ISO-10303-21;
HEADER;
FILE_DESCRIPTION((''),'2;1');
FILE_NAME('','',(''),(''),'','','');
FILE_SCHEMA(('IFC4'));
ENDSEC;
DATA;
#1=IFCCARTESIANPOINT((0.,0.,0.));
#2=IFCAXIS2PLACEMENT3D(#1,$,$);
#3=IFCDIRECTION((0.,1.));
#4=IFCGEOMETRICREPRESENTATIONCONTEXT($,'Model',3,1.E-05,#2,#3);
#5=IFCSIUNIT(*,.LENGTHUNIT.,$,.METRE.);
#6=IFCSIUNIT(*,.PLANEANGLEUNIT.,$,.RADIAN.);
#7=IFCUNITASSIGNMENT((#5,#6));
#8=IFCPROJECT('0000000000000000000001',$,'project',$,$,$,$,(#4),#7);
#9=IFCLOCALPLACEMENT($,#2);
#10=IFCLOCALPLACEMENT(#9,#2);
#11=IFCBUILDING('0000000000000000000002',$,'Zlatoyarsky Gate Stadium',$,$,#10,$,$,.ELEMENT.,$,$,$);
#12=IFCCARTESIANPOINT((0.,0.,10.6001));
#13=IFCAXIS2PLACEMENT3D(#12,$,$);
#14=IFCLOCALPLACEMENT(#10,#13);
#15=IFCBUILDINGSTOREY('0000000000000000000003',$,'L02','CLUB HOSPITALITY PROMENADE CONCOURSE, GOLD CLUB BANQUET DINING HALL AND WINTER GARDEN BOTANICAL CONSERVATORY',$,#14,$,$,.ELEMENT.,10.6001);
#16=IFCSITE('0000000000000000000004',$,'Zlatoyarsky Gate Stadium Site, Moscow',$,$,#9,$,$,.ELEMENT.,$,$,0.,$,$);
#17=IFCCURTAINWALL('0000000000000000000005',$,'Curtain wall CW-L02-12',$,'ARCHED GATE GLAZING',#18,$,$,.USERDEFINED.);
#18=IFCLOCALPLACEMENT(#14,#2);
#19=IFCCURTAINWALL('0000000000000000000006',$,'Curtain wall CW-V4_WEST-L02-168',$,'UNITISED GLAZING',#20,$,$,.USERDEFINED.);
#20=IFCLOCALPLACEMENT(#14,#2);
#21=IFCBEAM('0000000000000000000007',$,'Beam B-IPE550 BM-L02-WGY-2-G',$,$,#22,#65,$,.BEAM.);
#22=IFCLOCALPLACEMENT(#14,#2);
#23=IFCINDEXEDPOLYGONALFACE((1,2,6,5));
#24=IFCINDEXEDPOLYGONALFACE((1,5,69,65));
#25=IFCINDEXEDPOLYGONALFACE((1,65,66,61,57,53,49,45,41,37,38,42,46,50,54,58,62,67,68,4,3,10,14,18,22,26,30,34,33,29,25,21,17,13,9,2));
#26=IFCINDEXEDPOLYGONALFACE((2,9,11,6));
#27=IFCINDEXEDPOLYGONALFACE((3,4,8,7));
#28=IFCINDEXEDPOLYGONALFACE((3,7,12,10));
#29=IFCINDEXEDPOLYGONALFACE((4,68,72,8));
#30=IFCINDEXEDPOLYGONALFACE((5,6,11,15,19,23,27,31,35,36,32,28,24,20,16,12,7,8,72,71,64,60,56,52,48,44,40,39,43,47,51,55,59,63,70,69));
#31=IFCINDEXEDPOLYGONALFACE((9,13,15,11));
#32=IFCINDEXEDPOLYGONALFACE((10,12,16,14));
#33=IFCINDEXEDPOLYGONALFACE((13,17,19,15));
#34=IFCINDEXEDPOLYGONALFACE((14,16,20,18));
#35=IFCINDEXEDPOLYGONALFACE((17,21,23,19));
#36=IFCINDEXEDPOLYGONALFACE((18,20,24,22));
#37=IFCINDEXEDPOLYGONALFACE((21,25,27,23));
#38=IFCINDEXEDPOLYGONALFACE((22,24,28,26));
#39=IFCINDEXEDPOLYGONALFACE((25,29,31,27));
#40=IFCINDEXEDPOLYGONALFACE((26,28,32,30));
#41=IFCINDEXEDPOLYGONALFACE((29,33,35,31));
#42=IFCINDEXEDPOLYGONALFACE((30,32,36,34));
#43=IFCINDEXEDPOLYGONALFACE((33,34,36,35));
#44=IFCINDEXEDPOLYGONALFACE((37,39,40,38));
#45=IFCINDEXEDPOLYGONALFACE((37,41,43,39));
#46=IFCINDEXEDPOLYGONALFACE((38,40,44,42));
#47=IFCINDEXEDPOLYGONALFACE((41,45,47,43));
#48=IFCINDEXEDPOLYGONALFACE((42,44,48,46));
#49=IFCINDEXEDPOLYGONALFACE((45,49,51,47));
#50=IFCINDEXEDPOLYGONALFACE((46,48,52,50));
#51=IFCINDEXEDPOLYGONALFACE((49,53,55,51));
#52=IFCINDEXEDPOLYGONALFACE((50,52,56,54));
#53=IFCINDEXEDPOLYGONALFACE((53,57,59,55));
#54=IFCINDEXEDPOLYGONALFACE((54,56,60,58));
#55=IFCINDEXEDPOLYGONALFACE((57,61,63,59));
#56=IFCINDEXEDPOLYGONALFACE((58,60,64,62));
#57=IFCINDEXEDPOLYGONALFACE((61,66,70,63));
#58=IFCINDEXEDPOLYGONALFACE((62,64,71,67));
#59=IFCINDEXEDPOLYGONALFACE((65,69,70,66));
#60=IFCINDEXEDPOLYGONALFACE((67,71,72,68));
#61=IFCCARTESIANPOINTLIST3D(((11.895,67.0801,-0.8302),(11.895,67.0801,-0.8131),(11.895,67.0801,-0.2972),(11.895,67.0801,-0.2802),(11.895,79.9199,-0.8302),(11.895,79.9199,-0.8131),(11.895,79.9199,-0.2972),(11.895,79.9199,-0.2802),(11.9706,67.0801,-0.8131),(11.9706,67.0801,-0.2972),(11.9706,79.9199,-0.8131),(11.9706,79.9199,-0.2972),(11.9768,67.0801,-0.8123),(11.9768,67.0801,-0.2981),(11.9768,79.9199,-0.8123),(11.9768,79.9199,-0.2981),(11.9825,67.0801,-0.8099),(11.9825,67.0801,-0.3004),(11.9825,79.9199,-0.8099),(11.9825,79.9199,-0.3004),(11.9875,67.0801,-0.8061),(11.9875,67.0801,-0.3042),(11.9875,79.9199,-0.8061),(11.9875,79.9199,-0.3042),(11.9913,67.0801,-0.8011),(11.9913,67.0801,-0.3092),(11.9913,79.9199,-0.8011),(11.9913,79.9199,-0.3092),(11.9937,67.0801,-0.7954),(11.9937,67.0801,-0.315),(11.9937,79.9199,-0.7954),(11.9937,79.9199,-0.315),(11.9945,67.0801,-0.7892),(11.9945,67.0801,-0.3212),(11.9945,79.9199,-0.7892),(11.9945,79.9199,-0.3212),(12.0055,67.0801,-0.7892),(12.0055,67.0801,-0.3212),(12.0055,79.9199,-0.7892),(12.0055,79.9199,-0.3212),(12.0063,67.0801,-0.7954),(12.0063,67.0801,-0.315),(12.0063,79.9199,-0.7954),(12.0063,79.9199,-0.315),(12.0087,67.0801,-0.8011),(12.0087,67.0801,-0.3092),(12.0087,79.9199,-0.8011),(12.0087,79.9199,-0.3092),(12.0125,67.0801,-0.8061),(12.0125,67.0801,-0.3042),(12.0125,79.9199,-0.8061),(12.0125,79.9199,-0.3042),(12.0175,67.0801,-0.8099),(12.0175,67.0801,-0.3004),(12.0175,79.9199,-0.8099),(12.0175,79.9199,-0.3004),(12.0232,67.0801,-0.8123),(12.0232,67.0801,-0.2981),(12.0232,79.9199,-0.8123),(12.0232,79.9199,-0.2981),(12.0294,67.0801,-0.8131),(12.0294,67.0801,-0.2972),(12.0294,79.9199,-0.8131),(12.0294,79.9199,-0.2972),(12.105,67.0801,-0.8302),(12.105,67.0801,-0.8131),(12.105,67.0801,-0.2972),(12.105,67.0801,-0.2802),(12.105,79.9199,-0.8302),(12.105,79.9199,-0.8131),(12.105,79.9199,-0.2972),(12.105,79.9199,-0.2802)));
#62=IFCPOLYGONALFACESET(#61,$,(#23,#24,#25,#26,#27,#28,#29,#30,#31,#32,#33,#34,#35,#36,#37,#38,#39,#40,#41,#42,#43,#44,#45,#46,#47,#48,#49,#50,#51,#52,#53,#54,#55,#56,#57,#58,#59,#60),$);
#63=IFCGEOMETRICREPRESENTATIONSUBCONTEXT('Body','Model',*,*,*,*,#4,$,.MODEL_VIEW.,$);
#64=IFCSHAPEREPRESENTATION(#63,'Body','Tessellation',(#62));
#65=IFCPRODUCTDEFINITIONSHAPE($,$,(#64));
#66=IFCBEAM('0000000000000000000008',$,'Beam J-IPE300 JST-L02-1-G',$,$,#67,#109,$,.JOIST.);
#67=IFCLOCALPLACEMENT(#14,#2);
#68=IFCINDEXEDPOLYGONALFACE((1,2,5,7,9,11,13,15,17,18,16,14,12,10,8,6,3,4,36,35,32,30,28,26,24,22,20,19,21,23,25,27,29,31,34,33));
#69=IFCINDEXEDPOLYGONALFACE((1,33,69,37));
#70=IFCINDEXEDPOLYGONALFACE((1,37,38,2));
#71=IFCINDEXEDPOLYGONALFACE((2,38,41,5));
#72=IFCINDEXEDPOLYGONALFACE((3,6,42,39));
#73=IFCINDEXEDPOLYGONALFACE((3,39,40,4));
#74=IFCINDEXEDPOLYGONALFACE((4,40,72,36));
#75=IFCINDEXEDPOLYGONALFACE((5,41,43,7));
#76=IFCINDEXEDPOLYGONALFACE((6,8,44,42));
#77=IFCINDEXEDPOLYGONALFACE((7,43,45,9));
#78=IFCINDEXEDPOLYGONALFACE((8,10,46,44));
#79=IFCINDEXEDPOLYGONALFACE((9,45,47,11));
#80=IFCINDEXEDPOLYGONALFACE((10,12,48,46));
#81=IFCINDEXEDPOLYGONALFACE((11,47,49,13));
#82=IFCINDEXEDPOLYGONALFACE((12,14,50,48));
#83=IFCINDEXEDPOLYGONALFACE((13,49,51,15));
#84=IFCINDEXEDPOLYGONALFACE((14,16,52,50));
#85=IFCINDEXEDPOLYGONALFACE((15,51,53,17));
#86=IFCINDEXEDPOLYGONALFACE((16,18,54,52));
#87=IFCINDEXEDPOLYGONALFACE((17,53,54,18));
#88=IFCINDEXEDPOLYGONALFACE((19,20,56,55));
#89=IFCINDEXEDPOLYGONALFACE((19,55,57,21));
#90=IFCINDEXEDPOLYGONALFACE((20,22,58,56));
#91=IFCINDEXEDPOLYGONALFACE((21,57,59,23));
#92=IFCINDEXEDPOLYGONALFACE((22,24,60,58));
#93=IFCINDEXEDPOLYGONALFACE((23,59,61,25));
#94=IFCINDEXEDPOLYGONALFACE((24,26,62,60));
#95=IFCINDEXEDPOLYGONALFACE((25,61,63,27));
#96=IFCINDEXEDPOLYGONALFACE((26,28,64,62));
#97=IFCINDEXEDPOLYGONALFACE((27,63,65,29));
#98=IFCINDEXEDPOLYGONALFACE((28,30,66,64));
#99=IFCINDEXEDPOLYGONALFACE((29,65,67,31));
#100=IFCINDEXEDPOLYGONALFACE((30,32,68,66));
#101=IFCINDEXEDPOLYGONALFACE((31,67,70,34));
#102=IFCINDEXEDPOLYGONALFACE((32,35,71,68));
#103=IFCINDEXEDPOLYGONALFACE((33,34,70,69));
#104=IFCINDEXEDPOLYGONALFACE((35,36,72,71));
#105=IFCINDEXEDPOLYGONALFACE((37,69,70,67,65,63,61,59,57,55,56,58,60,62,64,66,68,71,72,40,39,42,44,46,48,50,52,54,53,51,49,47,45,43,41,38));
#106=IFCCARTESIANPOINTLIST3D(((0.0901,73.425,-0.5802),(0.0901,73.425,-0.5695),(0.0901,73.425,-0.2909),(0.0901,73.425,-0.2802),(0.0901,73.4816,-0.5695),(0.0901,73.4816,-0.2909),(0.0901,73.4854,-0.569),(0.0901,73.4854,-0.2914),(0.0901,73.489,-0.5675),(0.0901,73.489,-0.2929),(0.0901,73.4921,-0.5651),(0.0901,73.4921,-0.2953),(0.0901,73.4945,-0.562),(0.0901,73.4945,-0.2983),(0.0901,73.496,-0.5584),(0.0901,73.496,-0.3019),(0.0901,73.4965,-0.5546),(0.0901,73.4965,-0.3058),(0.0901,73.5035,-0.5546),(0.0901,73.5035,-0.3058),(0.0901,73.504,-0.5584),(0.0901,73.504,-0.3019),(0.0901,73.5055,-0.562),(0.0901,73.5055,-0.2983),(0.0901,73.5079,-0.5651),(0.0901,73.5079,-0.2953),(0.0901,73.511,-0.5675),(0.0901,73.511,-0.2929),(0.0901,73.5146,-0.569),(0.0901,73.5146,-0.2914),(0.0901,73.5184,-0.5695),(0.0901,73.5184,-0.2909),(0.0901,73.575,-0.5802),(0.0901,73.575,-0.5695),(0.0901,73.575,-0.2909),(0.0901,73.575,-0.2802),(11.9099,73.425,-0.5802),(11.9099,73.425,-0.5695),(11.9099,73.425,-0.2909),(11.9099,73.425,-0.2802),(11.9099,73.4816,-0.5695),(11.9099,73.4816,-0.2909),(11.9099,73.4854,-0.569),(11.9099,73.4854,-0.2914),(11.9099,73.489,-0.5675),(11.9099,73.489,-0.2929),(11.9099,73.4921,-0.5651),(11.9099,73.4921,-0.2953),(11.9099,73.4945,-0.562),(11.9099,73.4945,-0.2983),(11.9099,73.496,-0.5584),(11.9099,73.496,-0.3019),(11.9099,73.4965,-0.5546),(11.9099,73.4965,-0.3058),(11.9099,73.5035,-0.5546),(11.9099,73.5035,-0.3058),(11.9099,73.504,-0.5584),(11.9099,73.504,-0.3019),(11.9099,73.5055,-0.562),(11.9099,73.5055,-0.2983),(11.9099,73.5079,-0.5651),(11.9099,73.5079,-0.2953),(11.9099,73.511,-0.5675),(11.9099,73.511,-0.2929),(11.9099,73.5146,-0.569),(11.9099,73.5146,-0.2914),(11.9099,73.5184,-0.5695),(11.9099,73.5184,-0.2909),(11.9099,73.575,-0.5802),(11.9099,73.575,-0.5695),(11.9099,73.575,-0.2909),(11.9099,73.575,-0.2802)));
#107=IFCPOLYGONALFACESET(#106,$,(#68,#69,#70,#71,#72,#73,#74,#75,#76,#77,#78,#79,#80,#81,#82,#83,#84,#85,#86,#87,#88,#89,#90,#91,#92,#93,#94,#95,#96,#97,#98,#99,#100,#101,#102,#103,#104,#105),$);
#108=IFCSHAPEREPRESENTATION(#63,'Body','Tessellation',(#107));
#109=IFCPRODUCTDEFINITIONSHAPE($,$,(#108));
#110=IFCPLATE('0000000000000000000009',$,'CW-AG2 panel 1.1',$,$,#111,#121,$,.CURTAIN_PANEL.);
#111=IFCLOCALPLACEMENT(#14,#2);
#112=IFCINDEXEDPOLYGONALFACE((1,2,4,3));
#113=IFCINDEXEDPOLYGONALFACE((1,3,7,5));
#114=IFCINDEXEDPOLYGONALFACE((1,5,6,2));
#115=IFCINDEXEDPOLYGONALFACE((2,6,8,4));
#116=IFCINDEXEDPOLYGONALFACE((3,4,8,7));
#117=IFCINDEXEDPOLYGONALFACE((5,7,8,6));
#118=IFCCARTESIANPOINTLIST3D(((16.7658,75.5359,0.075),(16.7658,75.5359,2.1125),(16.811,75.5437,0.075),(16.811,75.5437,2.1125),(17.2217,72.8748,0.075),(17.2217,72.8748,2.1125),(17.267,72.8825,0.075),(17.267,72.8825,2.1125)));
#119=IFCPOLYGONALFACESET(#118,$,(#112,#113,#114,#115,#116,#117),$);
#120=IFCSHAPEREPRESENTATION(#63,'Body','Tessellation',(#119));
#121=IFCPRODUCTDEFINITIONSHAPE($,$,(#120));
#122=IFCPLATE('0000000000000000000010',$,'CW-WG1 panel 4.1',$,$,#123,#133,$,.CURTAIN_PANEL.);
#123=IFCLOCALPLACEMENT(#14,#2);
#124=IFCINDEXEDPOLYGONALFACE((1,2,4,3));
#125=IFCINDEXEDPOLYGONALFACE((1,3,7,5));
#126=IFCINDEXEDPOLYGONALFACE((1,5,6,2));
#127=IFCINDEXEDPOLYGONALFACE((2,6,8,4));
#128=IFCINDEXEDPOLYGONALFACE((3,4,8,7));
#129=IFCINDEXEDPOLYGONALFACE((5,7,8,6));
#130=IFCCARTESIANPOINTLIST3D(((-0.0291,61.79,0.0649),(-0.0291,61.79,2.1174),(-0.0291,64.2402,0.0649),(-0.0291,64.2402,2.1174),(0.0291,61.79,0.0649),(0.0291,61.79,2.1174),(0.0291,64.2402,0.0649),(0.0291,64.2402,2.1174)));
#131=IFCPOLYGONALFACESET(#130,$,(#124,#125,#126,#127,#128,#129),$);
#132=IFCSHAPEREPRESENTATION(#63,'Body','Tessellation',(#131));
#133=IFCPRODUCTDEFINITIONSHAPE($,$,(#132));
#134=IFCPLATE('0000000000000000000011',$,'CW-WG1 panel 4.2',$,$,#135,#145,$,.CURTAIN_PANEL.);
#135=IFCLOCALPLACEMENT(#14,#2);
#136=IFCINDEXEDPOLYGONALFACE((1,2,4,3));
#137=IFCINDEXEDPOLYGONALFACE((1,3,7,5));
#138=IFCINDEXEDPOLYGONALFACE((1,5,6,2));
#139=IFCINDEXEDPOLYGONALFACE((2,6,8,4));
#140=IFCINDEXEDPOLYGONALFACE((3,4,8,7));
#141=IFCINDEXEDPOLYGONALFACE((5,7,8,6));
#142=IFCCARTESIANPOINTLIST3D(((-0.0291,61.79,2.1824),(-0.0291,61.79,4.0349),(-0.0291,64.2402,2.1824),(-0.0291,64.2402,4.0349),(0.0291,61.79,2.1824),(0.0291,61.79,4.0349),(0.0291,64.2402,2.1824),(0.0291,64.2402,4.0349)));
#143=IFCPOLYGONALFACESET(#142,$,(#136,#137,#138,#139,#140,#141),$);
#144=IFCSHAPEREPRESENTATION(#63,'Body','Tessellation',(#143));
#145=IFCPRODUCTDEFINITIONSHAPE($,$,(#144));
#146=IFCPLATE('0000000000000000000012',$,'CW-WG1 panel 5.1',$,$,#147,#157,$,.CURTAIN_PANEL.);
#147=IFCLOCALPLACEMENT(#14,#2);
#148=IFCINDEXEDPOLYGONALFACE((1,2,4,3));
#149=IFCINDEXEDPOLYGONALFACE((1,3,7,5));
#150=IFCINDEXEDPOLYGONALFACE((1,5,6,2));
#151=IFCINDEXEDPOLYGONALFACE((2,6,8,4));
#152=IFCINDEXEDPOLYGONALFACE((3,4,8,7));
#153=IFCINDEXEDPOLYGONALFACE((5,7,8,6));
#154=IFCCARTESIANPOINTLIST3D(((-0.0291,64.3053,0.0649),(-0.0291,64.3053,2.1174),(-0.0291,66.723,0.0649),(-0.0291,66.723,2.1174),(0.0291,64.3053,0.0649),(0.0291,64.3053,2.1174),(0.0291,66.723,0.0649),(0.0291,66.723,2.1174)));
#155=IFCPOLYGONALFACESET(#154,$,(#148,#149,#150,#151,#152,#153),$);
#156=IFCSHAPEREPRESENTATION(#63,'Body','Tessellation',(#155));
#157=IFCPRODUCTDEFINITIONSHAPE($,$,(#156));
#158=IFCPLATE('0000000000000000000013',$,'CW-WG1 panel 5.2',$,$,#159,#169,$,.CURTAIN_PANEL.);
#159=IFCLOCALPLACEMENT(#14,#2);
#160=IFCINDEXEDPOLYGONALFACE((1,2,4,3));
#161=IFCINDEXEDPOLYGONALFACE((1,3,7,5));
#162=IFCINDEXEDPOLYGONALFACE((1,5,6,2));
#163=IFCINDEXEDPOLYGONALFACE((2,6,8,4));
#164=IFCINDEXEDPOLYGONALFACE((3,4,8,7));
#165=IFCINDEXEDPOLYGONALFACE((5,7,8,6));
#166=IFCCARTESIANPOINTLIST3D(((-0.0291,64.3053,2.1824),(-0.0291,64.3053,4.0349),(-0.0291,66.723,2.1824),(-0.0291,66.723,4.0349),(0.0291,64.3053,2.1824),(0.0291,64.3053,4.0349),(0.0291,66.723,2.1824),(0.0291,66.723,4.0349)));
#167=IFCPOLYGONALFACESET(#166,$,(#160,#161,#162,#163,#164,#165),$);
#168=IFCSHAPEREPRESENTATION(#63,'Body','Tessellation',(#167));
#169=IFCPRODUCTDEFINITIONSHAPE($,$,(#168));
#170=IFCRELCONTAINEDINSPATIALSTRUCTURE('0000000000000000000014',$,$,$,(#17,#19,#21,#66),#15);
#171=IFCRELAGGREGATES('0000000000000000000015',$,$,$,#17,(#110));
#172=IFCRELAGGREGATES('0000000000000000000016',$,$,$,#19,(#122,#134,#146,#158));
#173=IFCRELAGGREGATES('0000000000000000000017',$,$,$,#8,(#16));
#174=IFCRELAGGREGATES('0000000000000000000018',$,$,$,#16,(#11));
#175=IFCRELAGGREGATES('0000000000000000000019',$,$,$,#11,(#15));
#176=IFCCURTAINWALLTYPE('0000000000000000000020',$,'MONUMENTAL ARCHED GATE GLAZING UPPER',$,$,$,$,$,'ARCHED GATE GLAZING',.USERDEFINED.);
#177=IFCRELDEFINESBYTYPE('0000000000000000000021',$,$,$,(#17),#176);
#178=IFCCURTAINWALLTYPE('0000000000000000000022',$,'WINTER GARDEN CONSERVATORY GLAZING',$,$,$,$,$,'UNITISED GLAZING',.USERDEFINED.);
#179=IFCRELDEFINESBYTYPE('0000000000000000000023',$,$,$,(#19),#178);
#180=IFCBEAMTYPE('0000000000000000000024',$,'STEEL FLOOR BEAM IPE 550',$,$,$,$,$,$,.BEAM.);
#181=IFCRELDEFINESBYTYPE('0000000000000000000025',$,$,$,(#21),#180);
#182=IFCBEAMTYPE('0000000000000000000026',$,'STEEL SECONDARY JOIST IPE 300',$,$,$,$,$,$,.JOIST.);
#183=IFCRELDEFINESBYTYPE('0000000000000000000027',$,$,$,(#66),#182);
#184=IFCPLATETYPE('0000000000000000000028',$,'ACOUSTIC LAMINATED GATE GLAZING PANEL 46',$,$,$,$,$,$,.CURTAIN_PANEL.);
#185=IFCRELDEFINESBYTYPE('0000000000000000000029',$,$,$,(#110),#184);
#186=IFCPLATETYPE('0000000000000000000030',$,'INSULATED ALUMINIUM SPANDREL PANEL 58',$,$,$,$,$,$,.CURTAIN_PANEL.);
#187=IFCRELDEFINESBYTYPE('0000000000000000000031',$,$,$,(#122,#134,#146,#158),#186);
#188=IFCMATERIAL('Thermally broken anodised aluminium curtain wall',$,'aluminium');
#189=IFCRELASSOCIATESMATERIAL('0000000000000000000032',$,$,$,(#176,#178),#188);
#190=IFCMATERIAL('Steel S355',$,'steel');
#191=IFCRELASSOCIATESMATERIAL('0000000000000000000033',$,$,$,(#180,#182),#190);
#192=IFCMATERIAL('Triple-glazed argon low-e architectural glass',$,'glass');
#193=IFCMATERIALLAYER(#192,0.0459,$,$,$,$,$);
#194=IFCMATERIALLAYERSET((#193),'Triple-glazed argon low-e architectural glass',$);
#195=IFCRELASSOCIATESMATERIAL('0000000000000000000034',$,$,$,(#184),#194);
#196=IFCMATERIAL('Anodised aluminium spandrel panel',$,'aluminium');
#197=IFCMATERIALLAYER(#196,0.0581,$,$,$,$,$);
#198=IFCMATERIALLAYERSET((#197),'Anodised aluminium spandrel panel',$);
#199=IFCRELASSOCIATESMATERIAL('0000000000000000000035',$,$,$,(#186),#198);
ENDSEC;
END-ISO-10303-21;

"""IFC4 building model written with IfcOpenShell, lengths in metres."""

from ifc_helpers import new_model, si_unit, direction, frame, origin, origin_2d, place, context, subcontext, project, spatial, rectangle, i_section, extrude, material, layer, layer_set, material_profile, profile_set, type_object, element, aggregate, save


model = new_model("IFC4")

# Units and contexts
model_context = context("Model", 3, precision=1e-05, world=origin(), true_north=direction((0.0, 1.0)))
body_context = subcontext(model_context, "Body", "Model", "MODEL_VIEW")
ifc_project = project(units=[si_unit("LENGTHUNIT", "METRE"), si_unit("PLANEANGLEUNIT", "RADIAN")], contexts=[model_context])

# Site, building, storey
site_placement = place(None, origin())
site = spatial("IfcSite", under=ifc_project, at=site_placement, Name="Zlatoyarsky Gate Stadium Site, Moscow", CompositionType="ELEMENT", RefElevation=0.0)
building_placement = place(site_placement, origin())
building = spatial("IfcBuilding", under=site, at=building_placement, Name="Zlatoyarsky Gate Stadium", CompositionType="ELEMENT")
storey_placement = place(building_placement, frame((0.0, 0.0, 10.6001)))
storey = spatial("IfcBuildingStorey", under=building, at=storey_placement, Name="L02", Description="CLUB HOSPITALITY PROMENADE CONCOURSE, GOLD CLUB BANQUET DINING HALL AND WINTER GARDEN BOTANICAL CONSERVATORY", CompositionType="ELEMENT", Elevation=10.6001)

# Shared definitions
ifc_material_1 = material(Name="Steel S355", Category="steel")

# Curtain walls
ifc_material_2 = material(Name="Thermally broken anodised aluminium curtain wall", Category="aluminium")
curtain_wall_type_1 = type_object("IfcCurtainWallType", Name="MONUMENTAL ARCHED GATE GLAZING UPPER", ElementType="ARCHED GATE GLAZING", PredefinedType="USERDEFINED", material=ifc_material_2)
curtain_wall_1_placement = place(storey_placement, origin())
curtain_wall_1 = element("IfcCurtainWall", 1, at=curtain_wall_1_placement, inside=storey, type_object=curtain_wall_type_1, Name="Curtain wall CW-L02-12", ObjectType="ARCHED GATE GLAZING", PredefinedType="USERDEFINED")
curtain_wall_type_2 = type_object("IfcCurtainWallType", Name="WINTER GARDEN CONSERVATORY GLAZING", ElementType="UNITISED GLAZING", PredefinedType="USERDEFINED", material=ifc_material_2)
curtain_wall_2_placement = place(storey_placement, origin())
curtain_wall_2 = element("IfcCurtainWall", 2, at=curtain_wall_2_placement, inside=storey, type_object=curtain_wall_type_2, Name="Curtain wall CW-V4_WEST-L02-168", ObjectType="UNITISED GLAZING", PredefinedType="USERDEFINED")

# Beams
ifc_material_profile_1 = material_profile(ifc_material_1, i_section(OverallWidth=0.21, OverallDepth=0.55, WebThickness=0.011, FlangeThickness=0.0171, FilletRadius=0.0239, at=origin_2d()), Name="IPE 550")
ifc_profile_set_1 = profile_set([ifc_material_profile_1], Name="Steel S355")
beam_type_1 = type_object("IfcBeamType", Name="STEEL FLOOR BEAM IPE 550", PredefinedType="BEAM", material=ifc_profile_set_1)
for number, where, z_axis, x_axis, name in (
    (3, (12.0, 67.0801, -0.5552), (0.0, 1.0, 0.0), (-1.0, 0.0, 0.0), "Beam B-IPE550 BM-L02-WGY-2-G"),
):
    element("IfcBeam", number, at=place(storey_placement, frame(where, z_axis=z_axis, x_axis=x_axis)), inside=storey, type_object=beam_type_1, Name=name, PredefinedType="BEAM", context=body_context, shape_type="SweptSolid", body=[
        extrude(i_section(OverallWidth=0.21, OverallDepth=0.55, WebThickness=0.011, FlangeThickness=0.0171, FilletRadius=0.0239, at=origin_2d()), origin(), (0.0, 0.0, 1.0), 12.8398),
    ])
ifc_material_profile_2 = material_profile(ifc_material_1, i_section(OverallWidth=0.1499, OverallDepth=0.3, WebThickness=0.0071, FlangeThickness=0.0107, FilletRadius=0.0149, at=origin_2d()), Name="IPE 300")
ifc_profile_set_2 = profile_set([ifc_material_profile_2], Name="Steel S355")
beam_type_2 = type_object("IfcBeamType", Name="STEEL SECONDARY JOIST IPE 300", PredefinedType="JOIST", material=ifc_profile_set_2)
beam_1_placement = place(storey_placement, frame((0.0901, 73.5, -0.4302), z_axis=(1.0, 0.0, 0.0), x_axis=(0.0, 1.0, 0.0)))
element("IfcBeam", 4, at=beam_1_placement, inside=storey, type_object=beam_type_2, Name="Beam J-IPE300 JST-L02-1-G", PredefinedType="JOIST", context=body_context, shape_type="SweptSolid", body=[
    extrude(i_section(OverallWidth=0.1499, OverallDepth=0.3, WebThickness=0.0071, FlangeThickness=0.0107, FilletRadius=0.0149, at=origin_2d()), origin(), (0.0, 0.0, 1.0), 11.8198),
])

# Plates
ifc_material_3 = material(Name="Triple-glazed argon low-e architectural glass", Category="glass")
ifc_layer_1 = layer(ifc_material_3, 0.0459)
ifc_layer_set_1 = layer_set([ifc_layer_1], Name="Triple-glazed argon low-e architectural glass")
plate_type_1 = type_object("IfcPlateType", Name="ACOUSTIC LAMINATED GATE GLAZING PANEL 46", PredefinedType="CURTAIN_PANEL", material=ifc_layer_set_1)
plate_1_placement = place(storey_placement, frame((17.0164, 74.2092, 0.075), z_axis=(0.0, 0.0, 1.0), x_axis=(0.168878, -0.985637, 0.0)))
plate_1 = element("IfcPlate", 5, at=plate_1_placement, type_object=plate_type_1, Name="CW-AG2 panel 1.1", PredefinedType="CURTAIN_PANEL", context=body_context, shape_type="SweptSolid", body=[
    extrude(rectangle(XDim=2.7, YDim=0.0459, at=origin_2d()), origin(), (0.0, 0.0, 1.0), 2.0376),
])
aggregate(curtain_wall_1, [plate_1])
ifc_material_4 = material(Name="Anodised aluminium spandrel panel", Category="aluminium")
ifc_layer_2 = layer(ifc_material_4, 0.0581)
ifc_layer_set_2 = layer_set([ifc_layer_2], Name="Anodised aluminium spandrel panel")
plate_type_2 = type_object("IfcPlateType", Name="INSULATED ALUMINIUM SPANDREL PANEL 58", PredefinedType="CURTAIN_PANEL", material=ifc_layer_set_2)
plate_2_placement = place(storey_placement, frame((0.0, 63.0151, 0.0649), z_axis=(0.0, 0.0, 1.0), x_axis=(0.0, 1.0, 0.0)))
plate_2 = element("IfcPlate", 6, at=plate_2_placement, type_object=plate_type_2, Name="CW-WG1 panel 4.1", PredefinedType="CURTAIN_PANEL", context=body_context, shape_type="SweptSolid", body=[
    extrude(rectangle(XDim=2.4502, YDim=0.0581, at=origin_2d()), origin(), (0.0, 0.0, 1.0), 2.0525),
])
plate_3_placement = place(storey_placement, frame((0.0, 63.0151, 2.1824), z_axis=(0.0, 0.0, 1.0), x_axis=(0.0, 1.0, 0.0)))
plate_3 = element("IfcPlate", 7, at=plate_3_placement, type_object=plate_type_2, Name="CW-WG1 panel 4.2", PredefinedType="CURTAIN_PANEL", context=body_context, shape_type="SweptSolid", body=[
    extrude(rectangle(XDim=2.4502, YDim=0.0581, at=origin_2d()), origin(), (0.0, 0.0, 1.0), 1.8525),
])
plate_4_placement = place(storey_placement, frame((0.0, 65.5142, 0.0649), z_axis=(0.0, 0.0, 1.0), x_axis=(0.0, 1.0, 0.0)))
plate_4 = element("IfcPlate", 8, at=plate_4_placement, type_object=plate_type_2, Name="CW-WG1 panel 5.1", PredefinedType="CURTAIN_PANEL", context=body_context, shape_type="SweptSolid", body=[
    extrude(rectangle(XDim=2.4177, YDim=0.0581, at=origin_2d()), origin(), (0.0, 0.0, 1.0), 2.0525),
])
plate_5_placement = place(storey_placement, frame((0.0, 65.5142, 2.1824), z_axis=(0.0, 0.0, 1.0), x_axis=(0.0, 1.0, 0.0)))
plate_5 = element("IfcPlate", 9, at=plate_5_placement, type_object=plate_type_2, Name="CW-WG1 panel 5.2", PredefinedType="CURTAIN_PANEL", context=body_context, shape_type="SweptSolid", body=[
    extrude(rectangle(XDim=2.4177, YDim=0.0581, at=origin_2d()), origin(), (0.0, 0.0, 1.0), 1.8525),
])
aggregate(curtain_wall_2, [plate_2, plate_3, plate_4, plate_5])

save(model, "model.ifc")
